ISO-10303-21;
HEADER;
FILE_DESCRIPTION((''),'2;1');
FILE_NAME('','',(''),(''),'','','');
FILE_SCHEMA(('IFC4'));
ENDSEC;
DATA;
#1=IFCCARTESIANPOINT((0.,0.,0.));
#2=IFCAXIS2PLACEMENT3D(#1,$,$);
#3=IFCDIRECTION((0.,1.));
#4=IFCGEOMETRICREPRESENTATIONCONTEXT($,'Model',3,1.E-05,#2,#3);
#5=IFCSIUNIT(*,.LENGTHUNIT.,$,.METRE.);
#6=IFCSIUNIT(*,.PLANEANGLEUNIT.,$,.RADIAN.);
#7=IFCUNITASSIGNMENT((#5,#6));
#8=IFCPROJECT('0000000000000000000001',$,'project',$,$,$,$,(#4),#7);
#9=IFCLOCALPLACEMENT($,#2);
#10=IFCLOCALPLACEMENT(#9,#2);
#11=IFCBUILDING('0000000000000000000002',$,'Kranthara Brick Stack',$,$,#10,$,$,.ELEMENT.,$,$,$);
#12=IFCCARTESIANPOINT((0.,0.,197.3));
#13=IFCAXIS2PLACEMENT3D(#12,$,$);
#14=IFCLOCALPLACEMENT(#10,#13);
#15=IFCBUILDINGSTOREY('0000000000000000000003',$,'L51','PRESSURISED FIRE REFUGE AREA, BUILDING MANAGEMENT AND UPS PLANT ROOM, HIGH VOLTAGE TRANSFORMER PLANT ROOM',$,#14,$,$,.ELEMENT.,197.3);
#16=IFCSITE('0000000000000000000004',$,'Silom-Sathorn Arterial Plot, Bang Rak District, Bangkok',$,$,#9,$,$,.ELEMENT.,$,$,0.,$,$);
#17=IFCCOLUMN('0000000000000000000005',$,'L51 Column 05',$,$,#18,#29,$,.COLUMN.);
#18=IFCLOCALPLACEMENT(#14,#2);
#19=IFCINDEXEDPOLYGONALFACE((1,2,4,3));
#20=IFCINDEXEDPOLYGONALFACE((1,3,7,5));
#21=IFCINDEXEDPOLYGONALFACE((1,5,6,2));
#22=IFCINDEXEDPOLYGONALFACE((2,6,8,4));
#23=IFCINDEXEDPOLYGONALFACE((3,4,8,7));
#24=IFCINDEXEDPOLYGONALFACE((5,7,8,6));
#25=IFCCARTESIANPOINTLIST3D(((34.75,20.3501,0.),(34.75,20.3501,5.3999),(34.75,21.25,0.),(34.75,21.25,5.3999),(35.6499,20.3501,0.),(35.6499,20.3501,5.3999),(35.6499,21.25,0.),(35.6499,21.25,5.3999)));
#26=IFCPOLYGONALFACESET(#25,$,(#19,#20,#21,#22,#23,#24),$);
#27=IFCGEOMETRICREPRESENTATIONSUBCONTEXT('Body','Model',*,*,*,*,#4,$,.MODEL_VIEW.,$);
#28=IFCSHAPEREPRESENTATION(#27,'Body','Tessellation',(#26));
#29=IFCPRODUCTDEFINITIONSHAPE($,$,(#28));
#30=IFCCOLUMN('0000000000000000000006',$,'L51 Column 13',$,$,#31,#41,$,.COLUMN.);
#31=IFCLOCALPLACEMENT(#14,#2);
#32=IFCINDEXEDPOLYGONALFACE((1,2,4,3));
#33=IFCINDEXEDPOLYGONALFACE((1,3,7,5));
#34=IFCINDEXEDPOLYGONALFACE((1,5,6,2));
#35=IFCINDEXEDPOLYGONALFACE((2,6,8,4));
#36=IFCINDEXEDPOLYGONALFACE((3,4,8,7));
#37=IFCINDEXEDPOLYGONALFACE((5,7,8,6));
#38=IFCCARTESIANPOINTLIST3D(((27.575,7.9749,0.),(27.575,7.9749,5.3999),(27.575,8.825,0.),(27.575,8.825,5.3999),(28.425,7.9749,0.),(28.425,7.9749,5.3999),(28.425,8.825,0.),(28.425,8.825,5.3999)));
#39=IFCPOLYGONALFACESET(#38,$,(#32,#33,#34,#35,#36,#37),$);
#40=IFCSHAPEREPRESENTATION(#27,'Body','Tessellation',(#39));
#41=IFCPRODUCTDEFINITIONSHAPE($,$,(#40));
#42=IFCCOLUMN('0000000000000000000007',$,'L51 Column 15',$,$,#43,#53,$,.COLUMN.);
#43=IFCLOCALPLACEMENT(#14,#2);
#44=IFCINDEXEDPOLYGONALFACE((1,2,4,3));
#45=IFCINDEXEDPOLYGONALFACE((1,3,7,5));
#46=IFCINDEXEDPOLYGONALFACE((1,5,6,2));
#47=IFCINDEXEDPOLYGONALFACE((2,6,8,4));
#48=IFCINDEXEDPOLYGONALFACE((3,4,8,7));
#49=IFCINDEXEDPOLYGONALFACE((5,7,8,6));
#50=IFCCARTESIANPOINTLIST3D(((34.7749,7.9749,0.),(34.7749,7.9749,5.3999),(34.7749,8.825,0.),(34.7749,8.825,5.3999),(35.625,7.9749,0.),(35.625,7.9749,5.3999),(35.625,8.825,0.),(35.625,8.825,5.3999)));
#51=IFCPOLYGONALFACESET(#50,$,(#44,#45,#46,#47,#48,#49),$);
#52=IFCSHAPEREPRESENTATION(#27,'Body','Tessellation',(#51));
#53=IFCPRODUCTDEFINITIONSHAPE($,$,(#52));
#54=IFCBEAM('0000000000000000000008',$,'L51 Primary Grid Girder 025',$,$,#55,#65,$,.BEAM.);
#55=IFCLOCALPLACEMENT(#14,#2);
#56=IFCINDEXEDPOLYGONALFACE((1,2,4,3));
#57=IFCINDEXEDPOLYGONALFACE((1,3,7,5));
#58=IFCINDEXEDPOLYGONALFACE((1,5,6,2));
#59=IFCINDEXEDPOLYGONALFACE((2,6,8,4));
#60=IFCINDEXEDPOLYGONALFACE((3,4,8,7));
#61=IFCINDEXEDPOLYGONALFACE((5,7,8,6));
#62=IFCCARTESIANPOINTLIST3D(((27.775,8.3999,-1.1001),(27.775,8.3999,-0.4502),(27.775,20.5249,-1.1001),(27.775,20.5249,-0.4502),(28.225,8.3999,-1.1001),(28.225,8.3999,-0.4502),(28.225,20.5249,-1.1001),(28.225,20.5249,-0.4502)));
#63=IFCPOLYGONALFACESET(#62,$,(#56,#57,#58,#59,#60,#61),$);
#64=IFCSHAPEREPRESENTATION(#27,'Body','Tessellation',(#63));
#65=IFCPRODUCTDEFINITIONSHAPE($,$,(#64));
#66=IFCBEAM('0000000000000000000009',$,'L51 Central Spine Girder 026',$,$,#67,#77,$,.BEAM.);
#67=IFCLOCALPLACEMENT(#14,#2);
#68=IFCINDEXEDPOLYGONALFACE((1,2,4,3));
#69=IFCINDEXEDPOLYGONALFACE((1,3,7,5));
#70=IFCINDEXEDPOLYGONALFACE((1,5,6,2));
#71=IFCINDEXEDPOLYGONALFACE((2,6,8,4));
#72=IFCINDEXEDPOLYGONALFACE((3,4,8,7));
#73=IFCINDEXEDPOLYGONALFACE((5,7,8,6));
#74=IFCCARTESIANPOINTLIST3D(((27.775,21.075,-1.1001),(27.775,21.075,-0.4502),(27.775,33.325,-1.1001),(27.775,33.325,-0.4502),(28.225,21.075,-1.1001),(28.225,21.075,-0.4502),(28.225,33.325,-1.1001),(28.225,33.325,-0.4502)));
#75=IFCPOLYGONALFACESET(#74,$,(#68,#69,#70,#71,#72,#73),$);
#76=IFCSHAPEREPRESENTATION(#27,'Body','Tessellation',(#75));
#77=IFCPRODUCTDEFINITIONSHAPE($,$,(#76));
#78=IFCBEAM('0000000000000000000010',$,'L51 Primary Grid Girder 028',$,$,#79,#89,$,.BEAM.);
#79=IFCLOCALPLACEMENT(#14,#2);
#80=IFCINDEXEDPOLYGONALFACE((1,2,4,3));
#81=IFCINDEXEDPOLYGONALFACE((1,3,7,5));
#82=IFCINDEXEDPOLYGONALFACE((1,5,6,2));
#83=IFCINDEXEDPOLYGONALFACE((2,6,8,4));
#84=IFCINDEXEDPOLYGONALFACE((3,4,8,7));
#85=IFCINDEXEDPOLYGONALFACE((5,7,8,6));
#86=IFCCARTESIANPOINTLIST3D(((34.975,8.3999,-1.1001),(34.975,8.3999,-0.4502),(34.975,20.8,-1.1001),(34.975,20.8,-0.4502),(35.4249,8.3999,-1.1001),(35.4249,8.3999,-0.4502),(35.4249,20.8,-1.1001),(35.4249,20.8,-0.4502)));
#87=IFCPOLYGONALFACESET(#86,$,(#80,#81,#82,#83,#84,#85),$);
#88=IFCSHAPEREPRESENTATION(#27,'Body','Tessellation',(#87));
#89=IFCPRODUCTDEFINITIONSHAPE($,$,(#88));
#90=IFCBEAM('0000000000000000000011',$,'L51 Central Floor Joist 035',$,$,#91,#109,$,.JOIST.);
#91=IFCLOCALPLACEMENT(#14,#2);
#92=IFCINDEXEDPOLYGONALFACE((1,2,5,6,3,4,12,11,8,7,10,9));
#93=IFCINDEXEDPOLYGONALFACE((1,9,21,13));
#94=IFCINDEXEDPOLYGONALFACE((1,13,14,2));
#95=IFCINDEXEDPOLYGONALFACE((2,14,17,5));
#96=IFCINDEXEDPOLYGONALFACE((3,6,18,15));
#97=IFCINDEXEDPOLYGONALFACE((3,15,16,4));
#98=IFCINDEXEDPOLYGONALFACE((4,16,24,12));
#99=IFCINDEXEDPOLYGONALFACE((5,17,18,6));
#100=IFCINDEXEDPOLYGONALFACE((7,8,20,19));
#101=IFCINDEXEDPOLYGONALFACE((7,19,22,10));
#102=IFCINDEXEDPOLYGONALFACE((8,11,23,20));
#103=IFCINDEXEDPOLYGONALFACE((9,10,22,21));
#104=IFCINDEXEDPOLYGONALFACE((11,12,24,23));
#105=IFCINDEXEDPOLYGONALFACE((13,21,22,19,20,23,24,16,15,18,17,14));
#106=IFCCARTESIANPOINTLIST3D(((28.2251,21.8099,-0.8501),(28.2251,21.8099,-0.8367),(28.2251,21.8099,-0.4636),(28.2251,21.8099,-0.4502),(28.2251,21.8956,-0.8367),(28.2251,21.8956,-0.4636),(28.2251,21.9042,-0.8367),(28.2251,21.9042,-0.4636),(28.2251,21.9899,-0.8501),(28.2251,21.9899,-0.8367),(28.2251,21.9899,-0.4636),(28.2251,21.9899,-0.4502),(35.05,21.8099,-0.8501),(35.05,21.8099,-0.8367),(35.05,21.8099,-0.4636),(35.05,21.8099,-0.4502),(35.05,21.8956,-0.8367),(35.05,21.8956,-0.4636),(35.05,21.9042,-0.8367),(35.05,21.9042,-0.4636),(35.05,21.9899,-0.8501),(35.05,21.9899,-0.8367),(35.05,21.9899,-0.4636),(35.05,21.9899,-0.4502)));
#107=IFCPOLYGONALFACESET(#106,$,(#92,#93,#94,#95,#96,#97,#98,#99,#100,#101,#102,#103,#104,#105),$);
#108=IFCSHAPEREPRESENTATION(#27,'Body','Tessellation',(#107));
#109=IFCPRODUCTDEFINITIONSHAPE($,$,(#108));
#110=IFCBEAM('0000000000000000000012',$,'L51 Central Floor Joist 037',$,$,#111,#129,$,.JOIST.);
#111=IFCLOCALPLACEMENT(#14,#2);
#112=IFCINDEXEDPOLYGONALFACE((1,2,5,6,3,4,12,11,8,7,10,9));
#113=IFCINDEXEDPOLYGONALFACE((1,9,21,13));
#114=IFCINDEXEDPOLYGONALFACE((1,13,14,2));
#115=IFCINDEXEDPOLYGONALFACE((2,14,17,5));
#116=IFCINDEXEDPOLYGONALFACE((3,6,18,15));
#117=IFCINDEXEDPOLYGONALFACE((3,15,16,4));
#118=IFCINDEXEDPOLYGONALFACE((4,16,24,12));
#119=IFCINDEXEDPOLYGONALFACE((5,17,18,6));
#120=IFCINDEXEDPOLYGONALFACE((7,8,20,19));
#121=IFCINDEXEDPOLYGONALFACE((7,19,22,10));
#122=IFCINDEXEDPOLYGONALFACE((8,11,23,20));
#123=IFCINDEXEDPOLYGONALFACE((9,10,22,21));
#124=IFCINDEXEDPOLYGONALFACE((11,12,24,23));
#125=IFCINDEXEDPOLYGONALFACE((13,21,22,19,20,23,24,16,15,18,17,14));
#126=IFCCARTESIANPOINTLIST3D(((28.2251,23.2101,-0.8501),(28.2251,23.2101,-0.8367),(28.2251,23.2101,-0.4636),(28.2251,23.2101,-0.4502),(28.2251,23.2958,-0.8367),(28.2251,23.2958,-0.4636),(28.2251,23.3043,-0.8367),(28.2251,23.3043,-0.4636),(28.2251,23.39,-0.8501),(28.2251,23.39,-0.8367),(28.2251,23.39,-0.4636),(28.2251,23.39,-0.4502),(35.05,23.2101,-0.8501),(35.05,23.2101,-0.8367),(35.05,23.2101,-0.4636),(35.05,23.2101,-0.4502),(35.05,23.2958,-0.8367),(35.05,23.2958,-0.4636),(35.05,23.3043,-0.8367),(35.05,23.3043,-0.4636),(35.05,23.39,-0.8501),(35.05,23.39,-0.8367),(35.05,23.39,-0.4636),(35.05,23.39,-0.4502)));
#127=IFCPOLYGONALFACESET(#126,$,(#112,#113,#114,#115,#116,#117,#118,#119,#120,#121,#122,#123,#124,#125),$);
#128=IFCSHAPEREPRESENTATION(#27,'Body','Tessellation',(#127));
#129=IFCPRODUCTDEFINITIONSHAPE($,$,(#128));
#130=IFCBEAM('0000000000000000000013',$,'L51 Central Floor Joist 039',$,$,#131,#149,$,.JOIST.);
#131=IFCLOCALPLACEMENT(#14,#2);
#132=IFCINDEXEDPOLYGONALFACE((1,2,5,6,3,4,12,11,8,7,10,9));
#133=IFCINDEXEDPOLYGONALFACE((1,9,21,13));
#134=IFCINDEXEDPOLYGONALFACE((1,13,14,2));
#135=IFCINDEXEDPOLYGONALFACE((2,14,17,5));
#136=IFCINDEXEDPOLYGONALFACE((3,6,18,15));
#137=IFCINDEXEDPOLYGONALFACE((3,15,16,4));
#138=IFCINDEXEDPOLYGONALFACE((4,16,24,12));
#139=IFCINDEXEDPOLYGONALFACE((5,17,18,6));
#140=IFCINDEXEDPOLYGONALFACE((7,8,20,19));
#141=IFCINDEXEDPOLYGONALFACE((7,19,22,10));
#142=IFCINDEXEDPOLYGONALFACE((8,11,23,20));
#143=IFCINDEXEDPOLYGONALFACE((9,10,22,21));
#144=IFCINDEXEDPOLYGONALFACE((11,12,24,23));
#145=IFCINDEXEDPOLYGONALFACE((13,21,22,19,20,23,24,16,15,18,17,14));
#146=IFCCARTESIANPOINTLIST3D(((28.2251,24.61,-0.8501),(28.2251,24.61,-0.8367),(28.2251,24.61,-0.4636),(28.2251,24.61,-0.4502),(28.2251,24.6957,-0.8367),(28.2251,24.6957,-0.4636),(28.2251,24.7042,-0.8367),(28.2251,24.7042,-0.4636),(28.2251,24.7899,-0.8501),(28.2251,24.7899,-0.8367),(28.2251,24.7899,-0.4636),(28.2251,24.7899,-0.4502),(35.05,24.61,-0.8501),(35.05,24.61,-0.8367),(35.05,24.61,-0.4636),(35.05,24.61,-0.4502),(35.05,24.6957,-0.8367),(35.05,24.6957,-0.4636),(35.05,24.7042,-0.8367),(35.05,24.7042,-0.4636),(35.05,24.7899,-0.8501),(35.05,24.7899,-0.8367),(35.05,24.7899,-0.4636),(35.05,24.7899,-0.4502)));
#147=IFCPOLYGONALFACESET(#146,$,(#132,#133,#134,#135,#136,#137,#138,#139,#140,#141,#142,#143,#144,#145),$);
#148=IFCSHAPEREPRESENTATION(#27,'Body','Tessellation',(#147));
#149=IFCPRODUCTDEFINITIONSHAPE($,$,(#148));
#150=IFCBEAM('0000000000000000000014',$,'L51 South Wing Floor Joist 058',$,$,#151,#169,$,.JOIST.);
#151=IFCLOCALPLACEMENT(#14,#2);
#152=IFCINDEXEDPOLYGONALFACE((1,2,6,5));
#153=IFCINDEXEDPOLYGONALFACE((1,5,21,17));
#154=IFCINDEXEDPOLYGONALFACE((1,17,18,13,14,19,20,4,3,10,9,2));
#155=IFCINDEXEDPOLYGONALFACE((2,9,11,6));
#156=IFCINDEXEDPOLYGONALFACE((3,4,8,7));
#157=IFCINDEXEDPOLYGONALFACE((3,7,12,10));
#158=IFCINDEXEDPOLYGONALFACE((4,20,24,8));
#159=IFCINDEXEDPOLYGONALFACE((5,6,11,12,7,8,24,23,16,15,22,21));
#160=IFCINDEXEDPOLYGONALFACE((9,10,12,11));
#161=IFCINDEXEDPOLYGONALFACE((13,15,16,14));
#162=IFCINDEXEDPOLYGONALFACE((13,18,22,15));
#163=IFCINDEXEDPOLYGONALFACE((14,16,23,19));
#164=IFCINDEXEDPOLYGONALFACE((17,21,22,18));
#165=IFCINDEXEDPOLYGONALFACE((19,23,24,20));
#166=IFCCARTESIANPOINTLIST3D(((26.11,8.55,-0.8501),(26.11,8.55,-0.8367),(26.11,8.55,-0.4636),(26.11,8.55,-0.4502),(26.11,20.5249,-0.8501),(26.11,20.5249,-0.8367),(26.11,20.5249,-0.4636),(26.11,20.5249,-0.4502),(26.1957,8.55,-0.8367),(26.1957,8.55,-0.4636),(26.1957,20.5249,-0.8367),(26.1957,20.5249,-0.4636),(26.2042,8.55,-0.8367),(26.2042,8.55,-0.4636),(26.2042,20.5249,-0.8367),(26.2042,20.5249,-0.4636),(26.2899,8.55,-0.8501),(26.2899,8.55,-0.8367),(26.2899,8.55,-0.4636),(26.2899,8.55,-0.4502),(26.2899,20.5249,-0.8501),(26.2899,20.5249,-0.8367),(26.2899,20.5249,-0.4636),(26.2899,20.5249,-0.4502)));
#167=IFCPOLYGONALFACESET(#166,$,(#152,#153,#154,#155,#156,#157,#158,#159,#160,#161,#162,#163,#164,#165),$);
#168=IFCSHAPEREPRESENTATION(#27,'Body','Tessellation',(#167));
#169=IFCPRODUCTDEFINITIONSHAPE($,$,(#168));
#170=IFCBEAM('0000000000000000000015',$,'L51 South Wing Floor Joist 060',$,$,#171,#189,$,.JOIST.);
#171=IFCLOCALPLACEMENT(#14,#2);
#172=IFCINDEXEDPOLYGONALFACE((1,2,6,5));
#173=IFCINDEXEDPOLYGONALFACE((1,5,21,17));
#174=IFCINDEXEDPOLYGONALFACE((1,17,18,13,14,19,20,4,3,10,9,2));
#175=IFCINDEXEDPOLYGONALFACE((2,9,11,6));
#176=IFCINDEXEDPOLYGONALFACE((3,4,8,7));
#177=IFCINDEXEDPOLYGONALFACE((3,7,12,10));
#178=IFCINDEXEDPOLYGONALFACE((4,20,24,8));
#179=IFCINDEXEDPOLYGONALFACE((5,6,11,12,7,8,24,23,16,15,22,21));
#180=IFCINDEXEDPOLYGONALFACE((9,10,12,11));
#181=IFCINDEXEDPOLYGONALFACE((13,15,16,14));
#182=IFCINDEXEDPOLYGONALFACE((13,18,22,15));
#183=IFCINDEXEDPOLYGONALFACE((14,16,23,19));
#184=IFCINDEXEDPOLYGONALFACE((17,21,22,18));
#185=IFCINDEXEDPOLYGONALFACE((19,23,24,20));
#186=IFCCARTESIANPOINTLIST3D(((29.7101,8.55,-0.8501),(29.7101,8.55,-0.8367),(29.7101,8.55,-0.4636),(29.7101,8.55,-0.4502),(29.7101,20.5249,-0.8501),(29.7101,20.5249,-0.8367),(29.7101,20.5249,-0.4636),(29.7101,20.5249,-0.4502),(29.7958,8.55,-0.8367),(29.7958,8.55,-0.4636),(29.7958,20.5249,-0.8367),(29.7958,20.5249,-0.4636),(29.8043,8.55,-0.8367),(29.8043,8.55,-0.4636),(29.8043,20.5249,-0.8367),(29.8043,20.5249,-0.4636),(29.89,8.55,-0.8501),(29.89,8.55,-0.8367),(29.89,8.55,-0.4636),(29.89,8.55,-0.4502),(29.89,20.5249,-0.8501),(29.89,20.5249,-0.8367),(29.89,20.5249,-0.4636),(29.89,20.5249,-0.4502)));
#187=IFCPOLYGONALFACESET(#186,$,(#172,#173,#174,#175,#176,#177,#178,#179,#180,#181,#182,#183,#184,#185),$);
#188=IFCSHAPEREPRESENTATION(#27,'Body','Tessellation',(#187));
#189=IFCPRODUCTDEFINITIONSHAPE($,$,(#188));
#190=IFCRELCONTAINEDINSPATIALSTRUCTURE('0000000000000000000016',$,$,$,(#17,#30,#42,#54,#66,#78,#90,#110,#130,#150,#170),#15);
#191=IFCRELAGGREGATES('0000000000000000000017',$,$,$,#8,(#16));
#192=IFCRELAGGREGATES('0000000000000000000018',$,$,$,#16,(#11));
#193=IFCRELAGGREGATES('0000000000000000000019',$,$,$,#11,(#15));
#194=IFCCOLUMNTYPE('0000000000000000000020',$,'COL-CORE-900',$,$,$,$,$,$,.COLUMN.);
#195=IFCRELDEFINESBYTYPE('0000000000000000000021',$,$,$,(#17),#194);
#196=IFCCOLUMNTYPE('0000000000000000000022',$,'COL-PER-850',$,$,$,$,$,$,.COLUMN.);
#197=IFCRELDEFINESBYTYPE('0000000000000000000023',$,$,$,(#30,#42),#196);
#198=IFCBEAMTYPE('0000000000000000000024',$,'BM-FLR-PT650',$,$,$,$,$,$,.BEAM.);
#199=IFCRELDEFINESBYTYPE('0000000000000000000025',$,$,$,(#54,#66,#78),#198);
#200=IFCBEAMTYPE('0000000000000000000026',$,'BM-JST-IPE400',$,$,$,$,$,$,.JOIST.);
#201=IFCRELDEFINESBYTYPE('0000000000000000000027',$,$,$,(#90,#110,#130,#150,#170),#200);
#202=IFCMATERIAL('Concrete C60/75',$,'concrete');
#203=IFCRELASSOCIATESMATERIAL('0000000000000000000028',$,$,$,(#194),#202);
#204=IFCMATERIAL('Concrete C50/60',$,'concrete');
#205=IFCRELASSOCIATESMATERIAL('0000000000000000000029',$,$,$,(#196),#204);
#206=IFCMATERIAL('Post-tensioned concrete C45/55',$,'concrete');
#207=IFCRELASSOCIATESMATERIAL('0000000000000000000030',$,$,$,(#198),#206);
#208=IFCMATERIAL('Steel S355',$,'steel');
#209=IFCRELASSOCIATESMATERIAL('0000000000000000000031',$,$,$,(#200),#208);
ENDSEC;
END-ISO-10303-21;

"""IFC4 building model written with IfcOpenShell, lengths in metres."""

from ifc_helpers import new_model, si_unit, direction, frame, origin, origin_2d, place, context, subcontext, project, spatial, rectangle, i_section, extrude, material, material_profile, profile_set, type_object, element, save


model = new_model("IFC4")

# Units and contexts
model_context = context("Model", 3, precision=1e-05, world=origin(), true_north=direction((0.0, 1.0)))
body_context = subcontext(model_context, "Body", "Model", "MODEL_VIEW")
ifc_project = project(units=[si_unit("LENGTHUNIT", "METRE"), si_unit("PLANEANGLEUNIT", "RADIAN")], contexts=[model_context])

# Site, building, storey
site_placement = place(None, origin())
site = spatial("IfcSite", under=ifc_project, at=site_placement, Name="Silom-Sathorn Arterial Plot, Bang Rak District, Bangkok", CompositionType="ELEMENT", RefElevation=0.0)
building_placement = place(site_placement, origin())
building = spatial("IfcBuilding", under=site, at=building_placement, Name="Kranthara Brick Stack", CompositionType="ELEMENT")
storey_placement = place(building_placement, frame((0.0, 0.0, 197.3)))
storey = spatial("IfcBuildingStorey", under=building, at=storey_placement, Name="L51", Description="PRESSURISED FIRE REFUGE AREA, BUILDING MANAGEMENT AND UPS PLANT ROOM, HIGH VOLTAGE TRANSFORMER PLANT ROOM", CompositionType="ELEMENT", Elevation=197.3)

# Columns
ifc_material_1 = material(Name="Concrete C60/75", Category="concrete")
ifc_material_profile_1 = material_profile(ifc_material_1, rectangle(XDim=0.8999, YDim=0.8999, at=origin_2d()), Name="RC 900x900")
ifc_profile_set_1 = profile_set([ifc_material_profile_1], Name="Concrete C60/75")
column_type_1 = type_object("IfcColumnType", Name="COL-CORE-900", PredefinedType="COLUMN", material=ifc_profile_set_1)
column_placement = place(storey_placement, frame((35.2, 20.8, 0.0), z_axis=(0.0, 0.0, 1.0), x_axis=(1.0, 0.0, 0.0)))
element("IfcColumn", 1, at=column_placement, inside=storey, type_object=column_type_1, Name="L51 Column 05", PredefinedType="COLUMN", context=body_context, shape_type="SweptSolid", body=[
    extrude(rectangle(XDim=0.8999, YDim=0.8999, at=origin_2d()), origin(), (0.0, 0.0, 1.0), 5.3999),
])
ifc_material_2 = material(Name="Concrete C50/60", Category="concrete")
ifc_material_profile_2 = material_profile(ifc_material_2, rectangle(XDim=0.8501, YDim=0.8501, at=origin_2d()), Name="RC 850x850")
ifc_profile_set_2 = profile_set([ifc_material_profile_2], Name="Concrete C50/60")
column_type_2 = type_object("IfcColumnType", Name="COL-PER-850", PredefinedType="COLUMN", material=ifc_profile_set_2)
for number, where, z_axis, x_axis, name in (
    (2, (28.0, 8.3999, 0.0), (0.0, 0.0, 1.0), (1.0, 0.0, 0.0), "L51 Column 13"),
    (3, (35.2, 8.3999, 0.0), (0.0, 0.0, 1.0), (1.0, 0.0, 0.0), "L51 Column 15"),
):
    element("IfcColumn", number, at=place(storey_placement, frame(where, z_axis=z_axis, x_axis=x_axis)), inside=storey, type_object=column_type_2, Name=name, PredefinedType="COLUMN", context=body_context, shape_type="SweptSolid", body=[
        extrude(rectangle(XDim=0.8501, YDim=0.8501, at=origin_2d()), origin(), (0.0, 0.0, 1.0), 5.3999),
    ])

# Beams
ifc_material_3 = material(Name="Post-tensioned concrete C45/55", Category="concrete")
ifc_material_profile_3 = material_profile(ifc_material_3, rectangle(XDim=0.45, YDim=0.6499, at=origin_2d()), Name="PT 450x650")
ifc_profile_set_3 = profile_set([ifc_material_profile_3], Name="Post-tensioned concrete C45/55")
beam_type_1 = type_object("IfcBeamType", Name="BM-FLR-PT650", PredefinedType="BEAM", material=ifc_profile_set_3)
beam_1_placement = place(storey_placement, frame((28.0, 8.3999, -0.7751), z_axis=(0.0, 1.0, 0.0), x_axis=(-1.0, 0.0, 0.0)))
element("IfcBeam", 4, at=beam_1_placement, inside=storey, type_object=beam_type_1, Name="L51 Primary Grid Girder 025", PredefinedType="BEAM", context=body_context, shape_type="SweptSolid", body=[
    extrude(rectangle(XDim=0.45, YDim=0.6499, at=origin_2d()), origin(), (0.0, 0.0, 1.0), 12.125),
])
beam_2_placement = place(storey_placement, frame((28.0, 21.075, -0.7751), z_axis=(0.0, 1.0, 0.0), x_axis=(-1.0, 0.0, 0.0)))
element("IfcBeam", 5, at=beam_2_placement, inside=storey, type_object=beam_type_1, Name="L51 Central Spine Girder 026", PredefinedType="BEAM", context=body_context, shape_type="SweptSolid", body=[
    extrude(rectangle(XDim=0.45, YDim=0.6499, at=origin_2d()), origin(), (0.0, 0.0, 1.0), 12.25),
])
beam_3_placement = place(storey_placement, frame((35.2, 8.3999, -0.7751), z_axis=(0.0, 1.0, 0.0), x_axis=(-1.0, 0.0, 0.0)))
element("IfcBeam", 6, at=beam_3_placement, inside=storey, type_object=beam_type_1, Name="L51 Primary Grid Girder 028", PredefinedType="BEAM", context=body_context, shape_type="SweptSolid", body=[
    extrude(rectangle(XDim=0.45, YDim=0.6499, at=origin_2d()), origin(), (0.0, 0.0, 1.0), 12.4001),
])
ifc_material_4 = material(Name="Steel S355", Category="steel")
ifc_material_profile_4 = material_profile(ifc_material_4, i_section(OverallWidth=0.1799, OverallDepth=0.3999, WebThickness=0.0085, FlangeThickness=0.0134, at=origin_2d()), Name="IPE 400")
ifc_profile_set_4 = profile_set([ifc_material_profile_4], Name="Steel S355")
beam_type_2 = type_object("IfcBeamType", Name="BM-JST-IPE400", PredefinedType="JOIST", material=ifc_profile_set_4)
for number, where, z_axis, x_axis, name in (
    (7, (28.2251, 21.8999, -0.6501), (1.0, 0.0, 0.0), (0.0, 1.0, 0.0), "L51 Central Floor Joist 035"),
    (8, (28.2251, 23.3, -0.6501), (1.0, 0.0, 0.0), (0.0, 1.0, 0.0), "L51 Central Floor Joist 037"),
    (9, (28.2251, 24.7, -0.6501), (1.0, 0.0, 0.0), (0.0, 1.0, 0.0), "L51 Central Floor Joist 039"),
):
    element("IfcBeam", number, at=place(storey_placement, frame(where, z_axis=z_axis, x_axis=x_axis)), inside=storey, type_object=beam_type_2, Name=name, PredefinedType="JOIST", context=body_context, shape_type="SweptSolid", body=[
        extrude(i_section(OverallWidth=0.1799, OverallDepth=0.3999, WebThickness=0.0085, FlangeThickness=0.0134, at=origin_2d()), origin(), (0.0, 0.0, 1.0), 6.825),
    ])
for number, where, z_axis, x_axis, name in (
    (10, (26.2, 8.55, -0.6501), (0.0, 1.0, 0.0), (-1.0, 0.0, 0.0), "L51 South Wing Floor Joist 058"),
    (11, (29.8, 8.55, -0.6501), (0.0, 1.0, 0.0), (-1.0, 0.0, 0.0), "L51 South Wing Floor Joist 060"),
):
    element("IfcBeam", number, at=place(storey_placement, frame(where, z_axis=z_axis, x_axis=x_axis)), inside=storey, type_object=beam_type_2, Name=name, PredefinedType="JOIST", context=body_context, shape_type="SweptSolid", body=[
        extrude(i_section(OverallWidth=0.1799, OverallDepth=0.3999, WebThickness=0.0085, FlangeThickness=0.0134, at=origin_2d()), origin(), (0.0, 0.0, 1.0), 11.9749),
    ])

save(model, "model.ifc")
